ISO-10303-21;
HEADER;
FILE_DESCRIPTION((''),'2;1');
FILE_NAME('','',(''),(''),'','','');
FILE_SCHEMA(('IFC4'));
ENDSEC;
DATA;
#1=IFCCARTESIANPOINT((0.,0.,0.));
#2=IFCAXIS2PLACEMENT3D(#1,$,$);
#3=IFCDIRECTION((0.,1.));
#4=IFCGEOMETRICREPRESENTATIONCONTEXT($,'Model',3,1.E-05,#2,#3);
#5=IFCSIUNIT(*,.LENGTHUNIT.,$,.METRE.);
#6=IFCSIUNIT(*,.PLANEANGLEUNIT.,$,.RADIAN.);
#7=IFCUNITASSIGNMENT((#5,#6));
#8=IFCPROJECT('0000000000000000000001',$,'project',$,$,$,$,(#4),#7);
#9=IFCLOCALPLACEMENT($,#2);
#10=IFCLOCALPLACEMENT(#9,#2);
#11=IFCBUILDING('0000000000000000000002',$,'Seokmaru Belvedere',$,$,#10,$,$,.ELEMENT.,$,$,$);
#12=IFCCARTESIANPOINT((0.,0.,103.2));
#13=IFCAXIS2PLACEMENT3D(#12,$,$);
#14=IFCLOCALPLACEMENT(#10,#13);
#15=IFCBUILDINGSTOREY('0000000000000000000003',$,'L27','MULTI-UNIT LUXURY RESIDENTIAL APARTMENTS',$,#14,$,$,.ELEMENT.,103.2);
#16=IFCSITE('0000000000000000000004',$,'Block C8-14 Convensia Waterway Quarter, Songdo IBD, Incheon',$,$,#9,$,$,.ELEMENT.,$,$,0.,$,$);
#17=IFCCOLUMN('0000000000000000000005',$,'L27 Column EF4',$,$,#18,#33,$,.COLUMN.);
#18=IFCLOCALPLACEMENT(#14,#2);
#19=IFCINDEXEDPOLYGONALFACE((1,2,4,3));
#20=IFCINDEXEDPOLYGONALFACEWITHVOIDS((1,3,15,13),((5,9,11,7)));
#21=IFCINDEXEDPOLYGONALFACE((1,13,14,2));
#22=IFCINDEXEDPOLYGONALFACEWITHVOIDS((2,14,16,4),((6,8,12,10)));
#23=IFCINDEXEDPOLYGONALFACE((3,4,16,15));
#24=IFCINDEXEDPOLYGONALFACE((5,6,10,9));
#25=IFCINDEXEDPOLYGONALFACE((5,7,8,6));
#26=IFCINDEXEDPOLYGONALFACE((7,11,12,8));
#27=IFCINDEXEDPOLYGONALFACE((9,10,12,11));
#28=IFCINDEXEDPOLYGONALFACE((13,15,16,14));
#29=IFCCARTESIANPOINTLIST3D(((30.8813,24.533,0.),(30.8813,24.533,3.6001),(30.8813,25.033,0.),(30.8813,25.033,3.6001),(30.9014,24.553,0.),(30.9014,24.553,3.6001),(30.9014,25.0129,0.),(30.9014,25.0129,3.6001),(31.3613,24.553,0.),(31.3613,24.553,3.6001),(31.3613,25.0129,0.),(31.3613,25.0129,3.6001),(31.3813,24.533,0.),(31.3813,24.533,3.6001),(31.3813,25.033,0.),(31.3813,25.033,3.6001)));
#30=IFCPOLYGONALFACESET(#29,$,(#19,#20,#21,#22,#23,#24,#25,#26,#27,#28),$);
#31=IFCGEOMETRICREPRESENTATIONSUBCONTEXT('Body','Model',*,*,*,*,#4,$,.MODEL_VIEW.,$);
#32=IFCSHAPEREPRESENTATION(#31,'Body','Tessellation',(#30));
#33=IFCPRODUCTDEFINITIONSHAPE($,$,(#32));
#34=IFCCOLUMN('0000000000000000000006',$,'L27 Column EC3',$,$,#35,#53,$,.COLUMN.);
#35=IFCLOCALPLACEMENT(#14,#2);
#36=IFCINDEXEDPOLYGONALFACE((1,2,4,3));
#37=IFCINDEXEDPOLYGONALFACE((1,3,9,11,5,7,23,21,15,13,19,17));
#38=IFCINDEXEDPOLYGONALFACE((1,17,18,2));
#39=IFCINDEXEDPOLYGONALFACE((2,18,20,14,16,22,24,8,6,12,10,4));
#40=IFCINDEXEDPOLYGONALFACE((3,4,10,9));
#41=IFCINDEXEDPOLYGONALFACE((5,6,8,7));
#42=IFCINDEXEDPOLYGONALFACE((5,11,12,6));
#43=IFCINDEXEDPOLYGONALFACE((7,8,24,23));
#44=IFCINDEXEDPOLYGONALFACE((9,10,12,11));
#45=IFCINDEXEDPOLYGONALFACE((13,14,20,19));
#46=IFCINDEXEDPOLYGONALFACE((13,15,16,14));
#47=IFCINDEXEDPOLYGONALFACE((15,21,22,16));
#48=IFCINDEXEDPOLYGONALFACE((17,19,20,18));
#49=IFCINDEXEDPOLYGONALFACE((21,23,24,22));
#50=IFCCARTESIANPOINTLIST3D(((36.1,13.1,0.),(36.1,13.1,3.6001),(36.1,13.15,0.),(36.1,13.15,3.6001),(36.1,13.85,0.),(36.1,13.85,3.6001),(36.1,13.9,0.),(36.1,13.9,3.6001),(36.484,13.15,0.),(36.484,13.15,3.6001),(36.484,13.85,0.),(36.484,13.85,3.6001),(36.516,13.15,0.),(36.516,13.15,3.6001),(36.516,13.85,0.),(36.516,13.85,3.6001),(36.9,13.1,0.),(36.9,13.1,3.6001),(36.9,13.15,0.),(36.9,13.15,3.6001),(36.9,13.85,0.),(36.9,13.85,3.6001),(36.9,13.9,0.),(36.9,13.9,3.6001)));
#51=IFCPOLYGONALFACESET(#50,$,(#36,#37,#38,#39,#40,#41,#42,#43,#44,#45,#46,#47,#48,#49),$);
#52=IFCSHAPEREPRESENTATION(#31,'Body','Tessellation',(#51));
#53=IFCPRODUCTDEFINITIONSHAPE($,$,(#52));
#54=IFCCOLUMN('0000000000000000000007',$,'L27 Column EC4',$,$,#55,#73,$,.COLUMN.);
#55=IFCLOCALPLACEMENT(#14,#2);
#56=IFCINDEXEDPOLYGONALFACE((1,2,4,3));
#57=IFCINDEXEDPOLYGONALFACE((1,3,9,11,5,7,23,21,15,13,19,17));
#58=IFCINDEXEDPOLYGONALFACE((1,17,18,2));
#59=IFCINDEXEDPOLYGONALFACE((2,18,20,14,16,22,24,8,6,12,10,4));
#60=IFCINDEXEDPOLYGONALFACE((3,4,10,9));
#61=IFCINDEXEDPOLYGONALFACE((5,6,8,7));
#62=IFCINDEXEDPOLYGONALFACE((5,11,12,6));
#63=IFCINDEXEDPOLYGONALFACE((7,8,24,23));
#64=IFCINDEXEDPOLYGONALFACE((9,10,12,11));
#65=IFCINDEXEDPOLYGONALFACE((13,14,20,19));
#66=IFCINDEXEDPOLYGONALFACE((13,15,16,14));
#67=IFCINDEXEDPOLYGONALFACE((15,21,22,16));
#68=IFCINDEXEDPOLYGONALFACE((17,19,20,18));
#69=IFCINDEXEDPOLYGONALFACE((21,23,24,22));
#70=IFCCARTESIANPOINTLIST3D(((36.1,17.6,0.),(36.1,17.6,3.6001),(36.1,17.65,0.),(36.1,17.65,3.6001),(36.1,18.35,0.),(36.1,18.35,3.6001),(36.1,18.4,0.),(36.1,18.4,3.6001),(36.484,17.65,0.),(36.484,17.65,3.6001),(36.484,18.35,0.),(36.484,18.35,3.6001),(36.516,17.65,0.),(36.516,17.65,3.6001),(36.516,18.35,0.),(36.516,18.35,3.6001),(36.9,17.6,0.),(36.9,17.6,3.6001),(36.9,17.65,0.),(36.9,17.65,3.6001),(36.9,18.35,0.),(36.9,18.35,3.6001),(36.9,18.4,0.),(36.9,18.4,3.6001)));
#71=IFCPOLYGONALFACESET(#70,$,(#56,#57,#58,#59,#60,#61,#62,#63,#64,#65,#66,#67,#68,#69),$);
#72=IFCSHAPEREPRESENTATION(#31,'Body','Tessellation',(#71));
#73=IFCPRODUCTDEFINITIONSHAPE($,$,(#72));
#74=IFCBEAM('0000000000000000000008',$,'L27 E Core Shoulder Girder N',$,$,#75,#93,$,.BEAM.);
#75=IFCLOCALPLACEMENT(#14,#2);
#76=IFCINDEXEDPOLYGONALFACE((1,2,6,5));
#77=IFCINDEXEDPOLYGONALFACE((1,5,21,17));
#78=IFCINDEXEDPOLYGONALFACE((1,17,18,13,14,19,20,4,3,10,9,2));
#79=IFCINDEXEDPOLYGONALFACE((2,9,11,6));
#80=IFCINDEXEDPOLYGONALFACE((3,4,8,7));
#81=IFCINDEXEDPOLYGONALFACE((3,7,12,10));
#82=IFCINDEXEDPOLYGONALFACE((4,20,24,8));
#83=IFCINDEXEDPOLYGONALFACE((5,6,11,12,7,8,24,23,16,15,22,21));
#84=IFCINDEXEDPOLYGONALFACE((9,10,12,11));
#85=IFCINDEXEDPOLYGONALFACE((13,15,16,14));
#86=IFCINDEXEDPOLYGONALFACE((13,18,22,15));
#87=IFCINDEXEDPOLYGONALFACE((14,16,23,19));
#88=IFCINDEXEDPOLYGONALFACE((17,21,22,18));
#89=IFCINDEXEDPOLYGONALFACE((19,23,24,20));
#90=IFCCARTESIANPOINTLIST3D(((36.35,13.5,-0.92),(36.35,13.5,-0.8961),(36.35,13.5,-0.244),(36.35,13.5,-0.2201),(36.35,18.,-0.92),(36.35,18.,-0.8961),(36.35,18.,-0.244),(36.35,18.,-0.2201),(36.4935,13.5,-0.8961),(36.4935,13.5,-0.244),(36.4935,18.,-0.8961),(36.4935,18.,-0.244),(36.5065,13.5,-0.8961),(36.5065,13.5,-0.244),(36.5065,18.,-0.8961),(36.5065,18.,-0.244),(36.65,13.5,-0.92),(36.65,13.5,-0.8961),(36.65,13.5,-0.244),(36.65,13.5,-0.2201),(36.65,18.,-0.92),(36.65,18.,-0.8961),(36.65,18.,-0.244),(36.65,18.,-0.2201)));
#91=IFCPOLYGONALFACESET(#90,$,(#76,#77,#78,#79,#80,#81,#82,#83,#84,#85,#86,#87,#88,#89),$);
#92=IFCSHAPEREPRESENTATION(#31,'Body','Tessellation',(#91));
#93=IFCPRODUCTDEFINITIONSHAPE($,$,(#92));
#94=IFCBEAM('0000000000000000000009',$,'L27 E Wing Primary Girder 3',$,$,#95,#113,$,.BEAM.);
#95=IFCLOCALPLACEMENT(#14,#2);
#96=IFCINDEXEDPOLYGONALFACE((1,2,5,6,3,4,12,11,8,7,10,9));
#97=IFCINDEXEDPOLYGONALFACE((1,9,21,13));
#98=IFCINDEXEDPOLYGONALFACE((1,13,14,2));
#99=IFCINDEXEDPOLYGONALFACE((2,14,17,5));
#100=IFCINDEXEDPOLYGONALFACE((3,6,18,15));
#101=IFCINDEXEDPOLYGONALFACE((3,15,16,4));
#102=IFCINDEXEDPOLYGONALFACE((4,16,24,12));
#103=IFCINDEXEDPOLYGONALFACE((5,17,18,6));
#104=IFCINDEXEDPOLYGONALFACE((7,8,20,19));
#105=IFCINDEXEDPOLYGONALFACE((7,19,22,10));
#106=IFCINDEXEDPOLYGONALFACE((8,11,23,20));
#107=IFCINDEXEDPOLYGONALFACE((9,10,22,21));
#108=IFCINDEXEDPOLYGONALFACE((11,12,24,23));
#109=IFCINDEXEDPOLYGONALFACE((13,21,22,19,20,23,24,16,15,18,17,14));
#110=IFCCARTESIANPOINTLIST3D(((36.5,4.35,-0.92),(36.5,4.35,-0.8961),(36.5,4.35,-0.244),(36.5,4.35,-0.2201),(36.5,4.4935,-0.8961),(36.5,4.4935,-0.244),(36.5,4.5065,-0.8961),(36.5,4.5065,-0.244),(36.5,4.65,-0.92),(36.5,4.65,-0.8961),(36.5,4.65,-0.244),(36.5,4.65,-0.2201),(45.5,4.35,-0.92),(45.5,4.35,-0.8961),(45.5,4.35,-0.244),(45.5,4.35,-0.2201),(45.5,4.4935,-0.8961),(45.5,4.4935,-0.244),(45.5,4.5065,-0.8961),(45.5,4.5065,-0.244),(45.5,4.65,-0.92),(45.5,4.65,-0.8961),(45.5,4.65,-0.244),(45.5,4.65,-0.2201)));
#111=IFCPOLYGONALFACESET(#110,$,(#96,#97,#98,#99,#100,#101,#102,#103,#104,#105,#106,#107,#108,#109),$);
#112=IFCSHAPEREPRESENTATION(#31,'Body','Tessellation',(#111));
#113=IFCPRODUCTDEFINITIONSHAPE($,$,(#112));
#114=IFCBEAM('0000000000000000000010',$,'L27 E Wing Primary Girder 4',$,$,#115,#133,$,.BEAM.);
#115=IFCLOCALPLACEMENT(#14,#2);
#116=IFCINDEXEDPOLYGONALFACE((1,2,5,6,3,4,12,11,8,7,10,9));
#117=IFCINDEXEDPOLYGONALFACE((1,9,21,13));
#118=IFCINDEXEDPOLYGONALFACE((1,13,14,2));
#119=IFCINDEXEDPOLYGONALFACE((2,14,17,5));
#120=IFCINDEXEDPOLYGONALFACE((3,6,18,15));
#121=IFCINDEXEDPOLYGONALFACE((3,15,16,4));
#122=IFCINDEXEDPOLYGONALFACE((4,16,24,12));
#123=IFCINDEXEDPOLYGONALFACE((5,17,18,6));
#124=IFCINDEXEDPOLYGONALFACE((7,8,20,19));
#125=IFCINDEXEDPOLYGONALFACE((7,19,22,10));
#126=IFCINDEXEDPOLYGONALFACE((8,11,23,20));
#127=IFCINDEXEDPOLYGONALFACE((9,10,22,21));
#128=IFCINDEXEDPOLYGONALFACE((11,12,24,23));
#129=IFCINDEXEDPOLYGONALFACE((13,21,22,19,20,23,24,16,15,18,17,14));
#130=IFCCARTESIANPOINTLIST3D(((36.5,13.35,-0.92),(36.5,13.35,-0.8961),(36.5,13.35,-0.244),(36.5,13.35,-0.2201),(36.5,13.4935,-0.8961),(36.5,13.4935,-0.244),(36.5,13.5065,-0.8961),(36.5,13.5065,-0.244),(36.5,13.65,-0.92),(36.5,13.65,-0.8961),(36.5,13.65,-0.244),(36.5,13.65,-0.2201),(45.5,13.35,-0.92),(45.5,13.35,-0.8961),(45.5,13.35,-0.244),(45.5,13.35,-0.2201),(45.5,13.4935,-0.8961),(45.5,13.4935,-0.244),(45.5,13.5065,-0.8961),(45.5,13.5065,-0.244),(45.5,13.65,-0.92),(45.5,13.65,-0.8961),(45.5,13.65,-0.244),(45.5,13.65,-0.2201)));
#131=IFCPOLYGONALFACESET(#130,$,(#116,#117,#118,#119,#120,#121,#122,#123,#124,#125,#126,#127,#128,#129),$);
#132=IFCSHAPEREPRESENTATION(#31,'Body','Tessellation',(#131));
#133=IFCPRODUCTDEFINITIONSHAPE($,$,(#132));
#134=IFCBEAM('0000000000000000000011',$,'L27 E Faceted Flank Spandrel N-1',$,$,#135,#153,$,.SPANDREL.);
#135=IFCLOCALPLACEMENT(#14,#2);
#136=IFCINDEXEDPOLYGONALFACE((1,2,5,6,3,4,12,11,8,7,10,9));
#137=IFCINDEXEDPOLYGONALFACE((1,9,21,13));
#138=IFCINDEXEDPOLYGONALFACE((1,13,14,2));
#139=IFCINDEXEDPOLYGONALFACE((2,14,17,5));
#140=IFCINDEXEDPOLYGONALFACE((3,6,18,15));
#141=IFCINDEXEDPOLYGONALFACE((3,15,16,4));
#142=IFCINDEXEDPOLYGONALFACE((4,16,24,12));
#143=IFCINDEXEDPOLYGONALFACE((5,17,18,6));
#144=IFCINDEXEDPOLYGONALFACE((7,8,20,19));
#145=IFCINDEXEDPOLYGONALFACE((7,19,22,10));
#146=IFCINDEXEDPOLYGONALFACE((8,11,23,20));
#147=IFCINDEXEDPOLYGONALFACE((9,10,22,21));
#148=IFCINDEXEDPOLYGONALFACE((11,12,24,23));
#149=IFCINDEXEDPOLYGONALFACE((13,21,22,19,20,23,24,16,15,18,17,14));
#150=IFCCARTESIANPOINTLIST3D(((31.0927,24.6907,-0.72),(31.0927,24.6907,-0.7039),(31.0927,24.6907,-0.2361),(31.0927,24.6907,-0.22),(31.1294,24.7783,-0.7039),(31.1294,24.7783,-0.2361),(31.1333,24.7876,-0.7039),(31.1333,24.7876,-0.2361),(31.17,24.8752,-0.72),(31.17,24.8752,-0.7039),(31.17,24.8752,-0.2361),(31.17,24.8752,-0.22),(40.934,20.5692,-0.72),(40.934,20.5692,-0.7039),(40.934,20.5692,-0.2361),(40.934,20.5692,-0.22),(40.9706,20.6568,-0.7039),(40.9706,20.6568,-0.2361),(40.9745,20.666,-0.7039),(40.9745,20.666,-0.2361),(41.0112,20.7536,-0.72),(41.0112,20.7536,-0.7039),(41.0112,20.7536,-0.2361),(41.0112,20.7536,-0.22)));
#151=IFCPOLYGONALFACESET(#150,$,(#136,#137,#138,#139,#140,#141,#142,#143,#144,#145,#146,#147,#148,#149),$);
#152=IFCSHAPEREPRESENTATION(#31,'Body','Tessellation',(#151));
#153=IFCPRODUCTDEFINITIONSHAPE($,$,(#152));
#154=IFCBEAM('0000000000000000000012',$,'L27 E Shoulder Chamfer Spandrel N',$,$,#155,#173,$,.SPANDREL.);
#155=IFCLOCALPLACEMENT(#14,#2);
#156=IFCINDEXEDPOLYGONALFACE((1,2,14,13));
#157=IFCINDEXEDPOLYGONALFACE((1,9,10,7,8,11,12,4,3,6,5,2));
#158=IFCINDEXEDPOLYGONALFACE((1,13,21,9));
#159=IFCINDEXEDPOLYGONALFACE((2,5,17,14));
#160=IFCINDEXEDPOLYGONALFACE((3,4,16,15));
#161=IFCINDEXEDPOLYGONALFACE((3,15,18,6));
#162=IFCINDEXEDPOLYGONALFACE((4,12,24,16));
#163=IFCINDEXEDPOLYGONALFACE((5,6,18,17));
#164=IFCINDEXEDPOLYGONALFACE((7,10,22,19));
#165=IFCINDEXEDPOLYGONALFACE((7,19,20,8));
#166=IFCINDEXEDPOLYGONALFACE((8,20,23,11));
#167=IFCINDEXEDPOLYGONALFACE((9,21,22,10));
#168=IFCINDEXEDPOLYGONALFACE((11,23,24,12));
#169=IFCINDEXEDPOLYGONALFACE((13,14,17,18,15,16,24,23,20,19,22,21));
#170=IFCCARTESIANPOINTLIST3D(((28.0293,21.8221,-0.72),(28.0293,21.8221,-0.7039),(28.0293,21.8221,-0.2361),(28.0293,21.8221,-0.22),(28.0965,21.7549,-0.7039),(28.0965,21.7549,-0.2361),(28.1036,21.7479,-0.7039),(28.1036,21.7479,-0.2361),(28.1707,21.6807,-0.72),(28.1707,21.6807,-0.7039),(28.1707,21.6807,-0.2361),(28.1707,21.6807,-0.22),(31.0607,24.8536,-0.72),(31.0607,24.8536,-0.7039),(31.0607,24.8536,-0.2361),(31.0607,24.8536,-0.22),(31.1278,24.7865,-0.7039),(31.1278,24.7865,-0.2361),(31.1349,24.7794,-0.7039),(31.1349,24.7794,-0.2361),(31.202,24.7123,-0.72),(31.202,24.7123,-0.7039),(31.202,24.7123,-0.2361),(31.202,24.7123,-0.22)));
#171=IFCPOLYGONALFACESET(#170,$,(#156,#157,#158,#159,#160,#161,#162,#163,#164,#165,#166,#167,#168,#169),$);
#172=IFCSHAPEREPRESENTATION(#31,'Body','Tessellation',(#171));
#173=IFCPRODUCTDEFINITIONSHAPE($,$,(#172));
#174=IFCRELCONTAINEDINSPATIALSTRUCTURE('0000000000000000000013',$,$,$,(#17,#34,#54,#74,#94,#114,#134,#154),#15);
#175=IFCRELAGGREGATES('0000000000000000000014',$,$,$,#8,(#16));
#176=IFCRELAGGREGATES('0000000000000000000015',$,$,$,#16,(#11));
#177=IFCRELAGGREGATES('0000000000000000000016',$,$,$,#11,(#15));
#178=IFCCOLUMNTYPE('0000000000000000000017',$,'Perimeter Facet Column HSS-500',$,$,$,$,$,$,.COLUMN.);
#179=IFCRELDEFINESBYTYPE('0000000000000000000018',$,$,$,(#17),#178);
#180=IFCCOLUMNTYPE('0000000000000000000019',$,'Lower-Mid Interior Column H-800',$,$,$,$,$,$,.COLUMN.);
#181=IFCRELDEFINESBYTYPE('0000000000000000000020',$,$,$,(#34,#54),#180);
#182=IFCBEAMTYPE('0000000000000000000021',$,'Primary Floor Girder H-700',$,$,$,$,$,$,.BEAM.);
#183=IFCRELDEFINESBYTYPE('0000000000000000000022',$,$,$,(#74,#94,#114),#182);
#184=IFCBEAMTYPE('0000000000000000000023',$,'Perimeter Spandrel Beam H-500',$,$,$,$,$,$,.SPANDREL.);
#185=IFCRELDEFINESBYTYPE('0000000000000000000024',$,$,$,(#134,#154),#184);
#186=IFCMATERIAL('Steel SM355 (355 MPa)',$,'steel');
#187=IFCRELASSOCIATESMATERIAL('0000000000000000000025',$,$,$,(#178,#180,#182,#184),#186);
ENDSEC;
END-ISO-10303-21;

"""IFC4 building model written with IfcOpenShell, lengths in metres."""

from ifc_helpers import new_model, si_unit, direction, frame, origin, origin_2d, place, context, subcontext, project, spatial, hollow_rectangle, i_section, extrude, source, transform, mapped, material, material_profile, profile_set, type_object, type_shapes, element, save


model = new_model("IFC4")

# Units and contexts
model_context = context("Model", 3, precision=1e-05, world=origin(), true_north=direction((0.0, 1.0)))
body_context = subcontext(model_context, "Body", "Model", "MODEL_VIEW")
ifc_project = project(units=[si_unit("LENGTHUNIT", "METRE"), si_unit("PLANEANGLEUNIT", "RADIAN")], contexts=[model_context])

# Site, building, storey
site_placement = place(None, origin())
site = spatial("IfcSite", under=ifc_project, at=site_placement, Name="Block C8-14 Convensia Waterway Quarter, Songdo IBD, Incheon", CompositionType="ELEMENT", RefElevation=0.0)
building_placement = place(site_placement, origin())
building = spatial("IfcBuilding", under=site, at=building_placement, Name="Seokmaru Belvedere", CompositionType="ELEMENT")
storey_placement = place(building_placement, frame((0.0, 0.0, 103.2)))
storey = spatial("IfcBuildingStorey", under=building, at=storey_placement, Name="L27", Description="MULTI-UNIT LUXURY RESIDENTIAL APARTMENTS", CompositionType="ELEMENT", Elevation=103.2)

# Columns
ifc_material_1 = material(Name="Steel SM355 (355 MPa)", Category="steel")
ifc_material_profile_1 = material_profile(ifc_material_1, hollow_rectangle(XDim=0.5, YDim=0.5, WallThickness=0.02, at=origin_2d()), Name="HSS-500x500x20")
ifc_profile_set_1 = profile_set([ifc_material_profile_1], Name="Steel SM355 (355 MPa)")
column_type_1 = type_object("IfcColumnType", Name="Perimeter Facet Column HSS-500", PredefinedType="COLUMN", material=ifc_profile_set_1)
shared_shape_1 = source(origin(), body_context, "Body", "SweptSolid", [
    extrude(hollow_rectangle(XDim=0.5, YDim=0.5, WallThickness=0.02, at=origin_2d()), origin(), (0.0, 0.0, 1.0), 3.6001),
])
type_shapes(column_type_1, [shared_shape_1])
column_placement = place(storey_placement, frame((31.1313, 24.783, 0.0), z_axis=(0.0, 0.0, 1.0), x_axis=(1.0, 0.0, 0.0)))
element("IfcColumn", 1, at=column_placement, inside=storey, type_object=column_type_1, Name="L27 Column EF4", PredefinedType="COLUMN", context=body_context, shape_type="MappedRepresentation", body=[
    mapped(shared_shape_1, transform((0.0, 0.0, 0.0), scale=1.0)),
])
ifc_material_profile_2 = material_profile(ifc_material_1, i_section(OverallWidth=0.8, OverallDepth=0.8, WebThickness=0.032, FlangeThickness=0.05, at=origin_2d()), Name="H-800x800x32x50")
ifc_profile_set_2 = profile_set([ifc_material_profile_2], Name="Steel SM355 (355 MPa)")
column_type_2 = type_object("IfcColumnType", Name="Lower-Mid Interior Column H-800", PredefinedType="COLUMN", material=ifc_profile_set_2)
shared_shape_2 = source(origin(), body_context, "Body", "SweptSolid", [
    extrude(i_section(OverallWidth=0.8, OverallDepth=0.8, WebThickness=0.032, FlangeThickness=0.05, at=origin_2d()), origin(), (0.0, 0.0, 1.0), 3.6001),
])
type_shapes(column_type_2, [shared_shape_2])
for number, where, z_axis, x_axis, name in (
    (2, (36.5, 13.5, 0.0), (0.0, 0.0, 1.0), (1.0, 0.0, 0.0), "L27 Column EC3"),
    (3, (36.5, 18.0, 0.0), (0.0, 0.0, 1.0), (1.0, 0.0, 0.0), "L27 Column EC4"),
):
    element("IfcColumn", number, at=place(storey_placement, frame(where, z_axis=z_axis, x_axis=x_axis)), inside=storey, type_object=column_type_2, Name=name, PredefinedType="COLUMN", context=body_context, shape_type="MappedRepresentation", body=[
        mapped(shared_shape_2, transform((0.0, 0.0, 0.0), scale=1.0)),
    ])

# Beams
ifc_material_profile_3 = material_profile(ifc_material_1, i_section(OverallWidth=0.3, OverallDepth=0.7, WebThickness=0.0129, FlangeThickness=0.0239, at=origin_2d()), Name="H-700x300x13x24")
ifc_profile_set_3 = profile_set([ifc_material_profile_3], Name="Steel SM355 (355 MPa)")
beam_type_1 = type_object("IfcBeamType", Name="Primary Floor Girder H-700", PredefinedType="BEAM", material=ifc_profile_set_3)
shared_shape_3 = source(origin(), body_context, "Body", "SweptSolid", [
    extrude(i_section(OverallWidth=0.3, OverallDepth=0.7, WebThickness=0.0129, FlangeThickness=0.0239, at=origin_2d()), origin(), (0.0, 0.0, 1.0), 4.5),
])
beam_1_placement = place(storey_placement, frame((36.5, 13.5, -0.5701), z_axis=(0.0, 1.0, 0.0), x_axis=(-1.0, 0.0, 0.0)))
element("IfcBeam", 4, at=beam_1_placement, inside=storey, type_object=beam_type_1, Name="L27 E Core Shoulder Girder N", PredefinedType="BEAM", context=body_context, shape_type="MappedRepresentation", body=[
    mapped(shared_shape_3, transform((0.0, 0.0, 0.0), scale=1.0)),
])
shared_shape_4 = source(origin(), body_context, "Body", "SweptSolid", [
    extrude(i_section(OverallWidth=0.3, OverallDepth=0.7, WebThickness=0.0129, FlangeThickness=0.0239, at=origin_2d()), origin(), (0.0, 0.0, 1.0), 9.0),
])
type_shapes(beam_type_1, [shared_shape_3, shared_shape_4])
for number, where, z_axis, x_axis, name in (
    (5, (36.5, 4.5, -0.5701), (1.0, 0.0, 0.0), (0.0, 1.0, 0.0), "L27 E Wing Primary Girder 3"),
    (6, (36.5, 13.5, -0.5701), (1.0, 0.0, 0.0), (0.0, 1.0, 0.0), "L27 E Wing Primary Girder 4"),
):
    element("IfcBeam", number, at=place(storey_placement, frame(where, z_axis=z_axis, x_axis=x_axis)), inside=storey, type_object=beam_type_1, Name=name, PredefinedType="BEAM", context=body_context, shape_type="MappedRepresentation", body=[
        mapped(shared_shape_4, transform((0.0, 0.0, 0.0), scale=1.0)),
    ])
ifc_material_profile_4 = material_profile(ifc_material_1, i_section(OverallWidth=0.2, OverallDepth=0.5, WebThickness=0.01, FlangeThickness=0.0161, at=origin_2d()), Name="H-500x200x10x16")
ifc_profile_set_4 = profile_set([ifc_material_profile_4], Name="Steel SM355 (355 MPa)")
beam_type_2 = type_object("IfcBeamType", Name="Perimeter Spandrel Beam H-500", PredefinedType="SPANDREL", material=ifc_profile_set_4)
shared_shape_5 = source(origin(), body_context, "Body", "SweptSolid", [
    extrude(i_section(OverallWidth=0.2, OverallDepth=0.5, WebThickness=0.01, FlangeThickness=0.0161, at=origin_2d()), origin(), (0.0, 0.0, 1.0), 10.6694),
])
beam_2_placement = place(storey_placement, frame((31.1313, 24.783, -0.47), z_axis=(0.922375, -0.386295, 0.0), x_axis=(0.386295, 0.922375, 0.0)))
element("IfcBeam", 7, at=beam_2_placement, inside=storey, type_object=beam_type_2, Name="L27 E Faceted Flank Spandrel N-1", PredefinedType="SPANDREL", context=body_context, shape_type="MappedRepresentation", body=[
    mapped(shared_shape_5, transform((0.0, 0.0, 0.0), scale=1.0)),
])
shared_shape_6 = source(origin(), body_context, "Body", "SweptSolid", [
    extrude(i_section(OverallWidth=0.2, OverallDepth=0.5, WebThickness=0.01, FlangeThickness=0.0161, at=origin_2d()), origin(), (0.0, 0.0, 1.0), 4.2871),
])
type_shapes(beam_type_2, [shared_shape_5, shared_shape_6])
beam_3_placement = place(storey_placement, frame((31.1313, 24.783, -0.47), z_axis=(-0.707078, -0.707135, 0.0), x_axis=(0.707135, -0.707078, 0.0)))
element("IfcBeam", 8, at=beam_3_placement, inside=storey, type_object=beam_type_2, Name="L27 E Shoulder Chamfer Spandrel N", PredefinedType="SPANDREL", context=body_context, shape_type="MappedRepresentation", body=[
    mapped(shared_shape_6, transform((0.0, 0.0, 0.0), scale=1.0)),
])

save(model, "model.ifc")
